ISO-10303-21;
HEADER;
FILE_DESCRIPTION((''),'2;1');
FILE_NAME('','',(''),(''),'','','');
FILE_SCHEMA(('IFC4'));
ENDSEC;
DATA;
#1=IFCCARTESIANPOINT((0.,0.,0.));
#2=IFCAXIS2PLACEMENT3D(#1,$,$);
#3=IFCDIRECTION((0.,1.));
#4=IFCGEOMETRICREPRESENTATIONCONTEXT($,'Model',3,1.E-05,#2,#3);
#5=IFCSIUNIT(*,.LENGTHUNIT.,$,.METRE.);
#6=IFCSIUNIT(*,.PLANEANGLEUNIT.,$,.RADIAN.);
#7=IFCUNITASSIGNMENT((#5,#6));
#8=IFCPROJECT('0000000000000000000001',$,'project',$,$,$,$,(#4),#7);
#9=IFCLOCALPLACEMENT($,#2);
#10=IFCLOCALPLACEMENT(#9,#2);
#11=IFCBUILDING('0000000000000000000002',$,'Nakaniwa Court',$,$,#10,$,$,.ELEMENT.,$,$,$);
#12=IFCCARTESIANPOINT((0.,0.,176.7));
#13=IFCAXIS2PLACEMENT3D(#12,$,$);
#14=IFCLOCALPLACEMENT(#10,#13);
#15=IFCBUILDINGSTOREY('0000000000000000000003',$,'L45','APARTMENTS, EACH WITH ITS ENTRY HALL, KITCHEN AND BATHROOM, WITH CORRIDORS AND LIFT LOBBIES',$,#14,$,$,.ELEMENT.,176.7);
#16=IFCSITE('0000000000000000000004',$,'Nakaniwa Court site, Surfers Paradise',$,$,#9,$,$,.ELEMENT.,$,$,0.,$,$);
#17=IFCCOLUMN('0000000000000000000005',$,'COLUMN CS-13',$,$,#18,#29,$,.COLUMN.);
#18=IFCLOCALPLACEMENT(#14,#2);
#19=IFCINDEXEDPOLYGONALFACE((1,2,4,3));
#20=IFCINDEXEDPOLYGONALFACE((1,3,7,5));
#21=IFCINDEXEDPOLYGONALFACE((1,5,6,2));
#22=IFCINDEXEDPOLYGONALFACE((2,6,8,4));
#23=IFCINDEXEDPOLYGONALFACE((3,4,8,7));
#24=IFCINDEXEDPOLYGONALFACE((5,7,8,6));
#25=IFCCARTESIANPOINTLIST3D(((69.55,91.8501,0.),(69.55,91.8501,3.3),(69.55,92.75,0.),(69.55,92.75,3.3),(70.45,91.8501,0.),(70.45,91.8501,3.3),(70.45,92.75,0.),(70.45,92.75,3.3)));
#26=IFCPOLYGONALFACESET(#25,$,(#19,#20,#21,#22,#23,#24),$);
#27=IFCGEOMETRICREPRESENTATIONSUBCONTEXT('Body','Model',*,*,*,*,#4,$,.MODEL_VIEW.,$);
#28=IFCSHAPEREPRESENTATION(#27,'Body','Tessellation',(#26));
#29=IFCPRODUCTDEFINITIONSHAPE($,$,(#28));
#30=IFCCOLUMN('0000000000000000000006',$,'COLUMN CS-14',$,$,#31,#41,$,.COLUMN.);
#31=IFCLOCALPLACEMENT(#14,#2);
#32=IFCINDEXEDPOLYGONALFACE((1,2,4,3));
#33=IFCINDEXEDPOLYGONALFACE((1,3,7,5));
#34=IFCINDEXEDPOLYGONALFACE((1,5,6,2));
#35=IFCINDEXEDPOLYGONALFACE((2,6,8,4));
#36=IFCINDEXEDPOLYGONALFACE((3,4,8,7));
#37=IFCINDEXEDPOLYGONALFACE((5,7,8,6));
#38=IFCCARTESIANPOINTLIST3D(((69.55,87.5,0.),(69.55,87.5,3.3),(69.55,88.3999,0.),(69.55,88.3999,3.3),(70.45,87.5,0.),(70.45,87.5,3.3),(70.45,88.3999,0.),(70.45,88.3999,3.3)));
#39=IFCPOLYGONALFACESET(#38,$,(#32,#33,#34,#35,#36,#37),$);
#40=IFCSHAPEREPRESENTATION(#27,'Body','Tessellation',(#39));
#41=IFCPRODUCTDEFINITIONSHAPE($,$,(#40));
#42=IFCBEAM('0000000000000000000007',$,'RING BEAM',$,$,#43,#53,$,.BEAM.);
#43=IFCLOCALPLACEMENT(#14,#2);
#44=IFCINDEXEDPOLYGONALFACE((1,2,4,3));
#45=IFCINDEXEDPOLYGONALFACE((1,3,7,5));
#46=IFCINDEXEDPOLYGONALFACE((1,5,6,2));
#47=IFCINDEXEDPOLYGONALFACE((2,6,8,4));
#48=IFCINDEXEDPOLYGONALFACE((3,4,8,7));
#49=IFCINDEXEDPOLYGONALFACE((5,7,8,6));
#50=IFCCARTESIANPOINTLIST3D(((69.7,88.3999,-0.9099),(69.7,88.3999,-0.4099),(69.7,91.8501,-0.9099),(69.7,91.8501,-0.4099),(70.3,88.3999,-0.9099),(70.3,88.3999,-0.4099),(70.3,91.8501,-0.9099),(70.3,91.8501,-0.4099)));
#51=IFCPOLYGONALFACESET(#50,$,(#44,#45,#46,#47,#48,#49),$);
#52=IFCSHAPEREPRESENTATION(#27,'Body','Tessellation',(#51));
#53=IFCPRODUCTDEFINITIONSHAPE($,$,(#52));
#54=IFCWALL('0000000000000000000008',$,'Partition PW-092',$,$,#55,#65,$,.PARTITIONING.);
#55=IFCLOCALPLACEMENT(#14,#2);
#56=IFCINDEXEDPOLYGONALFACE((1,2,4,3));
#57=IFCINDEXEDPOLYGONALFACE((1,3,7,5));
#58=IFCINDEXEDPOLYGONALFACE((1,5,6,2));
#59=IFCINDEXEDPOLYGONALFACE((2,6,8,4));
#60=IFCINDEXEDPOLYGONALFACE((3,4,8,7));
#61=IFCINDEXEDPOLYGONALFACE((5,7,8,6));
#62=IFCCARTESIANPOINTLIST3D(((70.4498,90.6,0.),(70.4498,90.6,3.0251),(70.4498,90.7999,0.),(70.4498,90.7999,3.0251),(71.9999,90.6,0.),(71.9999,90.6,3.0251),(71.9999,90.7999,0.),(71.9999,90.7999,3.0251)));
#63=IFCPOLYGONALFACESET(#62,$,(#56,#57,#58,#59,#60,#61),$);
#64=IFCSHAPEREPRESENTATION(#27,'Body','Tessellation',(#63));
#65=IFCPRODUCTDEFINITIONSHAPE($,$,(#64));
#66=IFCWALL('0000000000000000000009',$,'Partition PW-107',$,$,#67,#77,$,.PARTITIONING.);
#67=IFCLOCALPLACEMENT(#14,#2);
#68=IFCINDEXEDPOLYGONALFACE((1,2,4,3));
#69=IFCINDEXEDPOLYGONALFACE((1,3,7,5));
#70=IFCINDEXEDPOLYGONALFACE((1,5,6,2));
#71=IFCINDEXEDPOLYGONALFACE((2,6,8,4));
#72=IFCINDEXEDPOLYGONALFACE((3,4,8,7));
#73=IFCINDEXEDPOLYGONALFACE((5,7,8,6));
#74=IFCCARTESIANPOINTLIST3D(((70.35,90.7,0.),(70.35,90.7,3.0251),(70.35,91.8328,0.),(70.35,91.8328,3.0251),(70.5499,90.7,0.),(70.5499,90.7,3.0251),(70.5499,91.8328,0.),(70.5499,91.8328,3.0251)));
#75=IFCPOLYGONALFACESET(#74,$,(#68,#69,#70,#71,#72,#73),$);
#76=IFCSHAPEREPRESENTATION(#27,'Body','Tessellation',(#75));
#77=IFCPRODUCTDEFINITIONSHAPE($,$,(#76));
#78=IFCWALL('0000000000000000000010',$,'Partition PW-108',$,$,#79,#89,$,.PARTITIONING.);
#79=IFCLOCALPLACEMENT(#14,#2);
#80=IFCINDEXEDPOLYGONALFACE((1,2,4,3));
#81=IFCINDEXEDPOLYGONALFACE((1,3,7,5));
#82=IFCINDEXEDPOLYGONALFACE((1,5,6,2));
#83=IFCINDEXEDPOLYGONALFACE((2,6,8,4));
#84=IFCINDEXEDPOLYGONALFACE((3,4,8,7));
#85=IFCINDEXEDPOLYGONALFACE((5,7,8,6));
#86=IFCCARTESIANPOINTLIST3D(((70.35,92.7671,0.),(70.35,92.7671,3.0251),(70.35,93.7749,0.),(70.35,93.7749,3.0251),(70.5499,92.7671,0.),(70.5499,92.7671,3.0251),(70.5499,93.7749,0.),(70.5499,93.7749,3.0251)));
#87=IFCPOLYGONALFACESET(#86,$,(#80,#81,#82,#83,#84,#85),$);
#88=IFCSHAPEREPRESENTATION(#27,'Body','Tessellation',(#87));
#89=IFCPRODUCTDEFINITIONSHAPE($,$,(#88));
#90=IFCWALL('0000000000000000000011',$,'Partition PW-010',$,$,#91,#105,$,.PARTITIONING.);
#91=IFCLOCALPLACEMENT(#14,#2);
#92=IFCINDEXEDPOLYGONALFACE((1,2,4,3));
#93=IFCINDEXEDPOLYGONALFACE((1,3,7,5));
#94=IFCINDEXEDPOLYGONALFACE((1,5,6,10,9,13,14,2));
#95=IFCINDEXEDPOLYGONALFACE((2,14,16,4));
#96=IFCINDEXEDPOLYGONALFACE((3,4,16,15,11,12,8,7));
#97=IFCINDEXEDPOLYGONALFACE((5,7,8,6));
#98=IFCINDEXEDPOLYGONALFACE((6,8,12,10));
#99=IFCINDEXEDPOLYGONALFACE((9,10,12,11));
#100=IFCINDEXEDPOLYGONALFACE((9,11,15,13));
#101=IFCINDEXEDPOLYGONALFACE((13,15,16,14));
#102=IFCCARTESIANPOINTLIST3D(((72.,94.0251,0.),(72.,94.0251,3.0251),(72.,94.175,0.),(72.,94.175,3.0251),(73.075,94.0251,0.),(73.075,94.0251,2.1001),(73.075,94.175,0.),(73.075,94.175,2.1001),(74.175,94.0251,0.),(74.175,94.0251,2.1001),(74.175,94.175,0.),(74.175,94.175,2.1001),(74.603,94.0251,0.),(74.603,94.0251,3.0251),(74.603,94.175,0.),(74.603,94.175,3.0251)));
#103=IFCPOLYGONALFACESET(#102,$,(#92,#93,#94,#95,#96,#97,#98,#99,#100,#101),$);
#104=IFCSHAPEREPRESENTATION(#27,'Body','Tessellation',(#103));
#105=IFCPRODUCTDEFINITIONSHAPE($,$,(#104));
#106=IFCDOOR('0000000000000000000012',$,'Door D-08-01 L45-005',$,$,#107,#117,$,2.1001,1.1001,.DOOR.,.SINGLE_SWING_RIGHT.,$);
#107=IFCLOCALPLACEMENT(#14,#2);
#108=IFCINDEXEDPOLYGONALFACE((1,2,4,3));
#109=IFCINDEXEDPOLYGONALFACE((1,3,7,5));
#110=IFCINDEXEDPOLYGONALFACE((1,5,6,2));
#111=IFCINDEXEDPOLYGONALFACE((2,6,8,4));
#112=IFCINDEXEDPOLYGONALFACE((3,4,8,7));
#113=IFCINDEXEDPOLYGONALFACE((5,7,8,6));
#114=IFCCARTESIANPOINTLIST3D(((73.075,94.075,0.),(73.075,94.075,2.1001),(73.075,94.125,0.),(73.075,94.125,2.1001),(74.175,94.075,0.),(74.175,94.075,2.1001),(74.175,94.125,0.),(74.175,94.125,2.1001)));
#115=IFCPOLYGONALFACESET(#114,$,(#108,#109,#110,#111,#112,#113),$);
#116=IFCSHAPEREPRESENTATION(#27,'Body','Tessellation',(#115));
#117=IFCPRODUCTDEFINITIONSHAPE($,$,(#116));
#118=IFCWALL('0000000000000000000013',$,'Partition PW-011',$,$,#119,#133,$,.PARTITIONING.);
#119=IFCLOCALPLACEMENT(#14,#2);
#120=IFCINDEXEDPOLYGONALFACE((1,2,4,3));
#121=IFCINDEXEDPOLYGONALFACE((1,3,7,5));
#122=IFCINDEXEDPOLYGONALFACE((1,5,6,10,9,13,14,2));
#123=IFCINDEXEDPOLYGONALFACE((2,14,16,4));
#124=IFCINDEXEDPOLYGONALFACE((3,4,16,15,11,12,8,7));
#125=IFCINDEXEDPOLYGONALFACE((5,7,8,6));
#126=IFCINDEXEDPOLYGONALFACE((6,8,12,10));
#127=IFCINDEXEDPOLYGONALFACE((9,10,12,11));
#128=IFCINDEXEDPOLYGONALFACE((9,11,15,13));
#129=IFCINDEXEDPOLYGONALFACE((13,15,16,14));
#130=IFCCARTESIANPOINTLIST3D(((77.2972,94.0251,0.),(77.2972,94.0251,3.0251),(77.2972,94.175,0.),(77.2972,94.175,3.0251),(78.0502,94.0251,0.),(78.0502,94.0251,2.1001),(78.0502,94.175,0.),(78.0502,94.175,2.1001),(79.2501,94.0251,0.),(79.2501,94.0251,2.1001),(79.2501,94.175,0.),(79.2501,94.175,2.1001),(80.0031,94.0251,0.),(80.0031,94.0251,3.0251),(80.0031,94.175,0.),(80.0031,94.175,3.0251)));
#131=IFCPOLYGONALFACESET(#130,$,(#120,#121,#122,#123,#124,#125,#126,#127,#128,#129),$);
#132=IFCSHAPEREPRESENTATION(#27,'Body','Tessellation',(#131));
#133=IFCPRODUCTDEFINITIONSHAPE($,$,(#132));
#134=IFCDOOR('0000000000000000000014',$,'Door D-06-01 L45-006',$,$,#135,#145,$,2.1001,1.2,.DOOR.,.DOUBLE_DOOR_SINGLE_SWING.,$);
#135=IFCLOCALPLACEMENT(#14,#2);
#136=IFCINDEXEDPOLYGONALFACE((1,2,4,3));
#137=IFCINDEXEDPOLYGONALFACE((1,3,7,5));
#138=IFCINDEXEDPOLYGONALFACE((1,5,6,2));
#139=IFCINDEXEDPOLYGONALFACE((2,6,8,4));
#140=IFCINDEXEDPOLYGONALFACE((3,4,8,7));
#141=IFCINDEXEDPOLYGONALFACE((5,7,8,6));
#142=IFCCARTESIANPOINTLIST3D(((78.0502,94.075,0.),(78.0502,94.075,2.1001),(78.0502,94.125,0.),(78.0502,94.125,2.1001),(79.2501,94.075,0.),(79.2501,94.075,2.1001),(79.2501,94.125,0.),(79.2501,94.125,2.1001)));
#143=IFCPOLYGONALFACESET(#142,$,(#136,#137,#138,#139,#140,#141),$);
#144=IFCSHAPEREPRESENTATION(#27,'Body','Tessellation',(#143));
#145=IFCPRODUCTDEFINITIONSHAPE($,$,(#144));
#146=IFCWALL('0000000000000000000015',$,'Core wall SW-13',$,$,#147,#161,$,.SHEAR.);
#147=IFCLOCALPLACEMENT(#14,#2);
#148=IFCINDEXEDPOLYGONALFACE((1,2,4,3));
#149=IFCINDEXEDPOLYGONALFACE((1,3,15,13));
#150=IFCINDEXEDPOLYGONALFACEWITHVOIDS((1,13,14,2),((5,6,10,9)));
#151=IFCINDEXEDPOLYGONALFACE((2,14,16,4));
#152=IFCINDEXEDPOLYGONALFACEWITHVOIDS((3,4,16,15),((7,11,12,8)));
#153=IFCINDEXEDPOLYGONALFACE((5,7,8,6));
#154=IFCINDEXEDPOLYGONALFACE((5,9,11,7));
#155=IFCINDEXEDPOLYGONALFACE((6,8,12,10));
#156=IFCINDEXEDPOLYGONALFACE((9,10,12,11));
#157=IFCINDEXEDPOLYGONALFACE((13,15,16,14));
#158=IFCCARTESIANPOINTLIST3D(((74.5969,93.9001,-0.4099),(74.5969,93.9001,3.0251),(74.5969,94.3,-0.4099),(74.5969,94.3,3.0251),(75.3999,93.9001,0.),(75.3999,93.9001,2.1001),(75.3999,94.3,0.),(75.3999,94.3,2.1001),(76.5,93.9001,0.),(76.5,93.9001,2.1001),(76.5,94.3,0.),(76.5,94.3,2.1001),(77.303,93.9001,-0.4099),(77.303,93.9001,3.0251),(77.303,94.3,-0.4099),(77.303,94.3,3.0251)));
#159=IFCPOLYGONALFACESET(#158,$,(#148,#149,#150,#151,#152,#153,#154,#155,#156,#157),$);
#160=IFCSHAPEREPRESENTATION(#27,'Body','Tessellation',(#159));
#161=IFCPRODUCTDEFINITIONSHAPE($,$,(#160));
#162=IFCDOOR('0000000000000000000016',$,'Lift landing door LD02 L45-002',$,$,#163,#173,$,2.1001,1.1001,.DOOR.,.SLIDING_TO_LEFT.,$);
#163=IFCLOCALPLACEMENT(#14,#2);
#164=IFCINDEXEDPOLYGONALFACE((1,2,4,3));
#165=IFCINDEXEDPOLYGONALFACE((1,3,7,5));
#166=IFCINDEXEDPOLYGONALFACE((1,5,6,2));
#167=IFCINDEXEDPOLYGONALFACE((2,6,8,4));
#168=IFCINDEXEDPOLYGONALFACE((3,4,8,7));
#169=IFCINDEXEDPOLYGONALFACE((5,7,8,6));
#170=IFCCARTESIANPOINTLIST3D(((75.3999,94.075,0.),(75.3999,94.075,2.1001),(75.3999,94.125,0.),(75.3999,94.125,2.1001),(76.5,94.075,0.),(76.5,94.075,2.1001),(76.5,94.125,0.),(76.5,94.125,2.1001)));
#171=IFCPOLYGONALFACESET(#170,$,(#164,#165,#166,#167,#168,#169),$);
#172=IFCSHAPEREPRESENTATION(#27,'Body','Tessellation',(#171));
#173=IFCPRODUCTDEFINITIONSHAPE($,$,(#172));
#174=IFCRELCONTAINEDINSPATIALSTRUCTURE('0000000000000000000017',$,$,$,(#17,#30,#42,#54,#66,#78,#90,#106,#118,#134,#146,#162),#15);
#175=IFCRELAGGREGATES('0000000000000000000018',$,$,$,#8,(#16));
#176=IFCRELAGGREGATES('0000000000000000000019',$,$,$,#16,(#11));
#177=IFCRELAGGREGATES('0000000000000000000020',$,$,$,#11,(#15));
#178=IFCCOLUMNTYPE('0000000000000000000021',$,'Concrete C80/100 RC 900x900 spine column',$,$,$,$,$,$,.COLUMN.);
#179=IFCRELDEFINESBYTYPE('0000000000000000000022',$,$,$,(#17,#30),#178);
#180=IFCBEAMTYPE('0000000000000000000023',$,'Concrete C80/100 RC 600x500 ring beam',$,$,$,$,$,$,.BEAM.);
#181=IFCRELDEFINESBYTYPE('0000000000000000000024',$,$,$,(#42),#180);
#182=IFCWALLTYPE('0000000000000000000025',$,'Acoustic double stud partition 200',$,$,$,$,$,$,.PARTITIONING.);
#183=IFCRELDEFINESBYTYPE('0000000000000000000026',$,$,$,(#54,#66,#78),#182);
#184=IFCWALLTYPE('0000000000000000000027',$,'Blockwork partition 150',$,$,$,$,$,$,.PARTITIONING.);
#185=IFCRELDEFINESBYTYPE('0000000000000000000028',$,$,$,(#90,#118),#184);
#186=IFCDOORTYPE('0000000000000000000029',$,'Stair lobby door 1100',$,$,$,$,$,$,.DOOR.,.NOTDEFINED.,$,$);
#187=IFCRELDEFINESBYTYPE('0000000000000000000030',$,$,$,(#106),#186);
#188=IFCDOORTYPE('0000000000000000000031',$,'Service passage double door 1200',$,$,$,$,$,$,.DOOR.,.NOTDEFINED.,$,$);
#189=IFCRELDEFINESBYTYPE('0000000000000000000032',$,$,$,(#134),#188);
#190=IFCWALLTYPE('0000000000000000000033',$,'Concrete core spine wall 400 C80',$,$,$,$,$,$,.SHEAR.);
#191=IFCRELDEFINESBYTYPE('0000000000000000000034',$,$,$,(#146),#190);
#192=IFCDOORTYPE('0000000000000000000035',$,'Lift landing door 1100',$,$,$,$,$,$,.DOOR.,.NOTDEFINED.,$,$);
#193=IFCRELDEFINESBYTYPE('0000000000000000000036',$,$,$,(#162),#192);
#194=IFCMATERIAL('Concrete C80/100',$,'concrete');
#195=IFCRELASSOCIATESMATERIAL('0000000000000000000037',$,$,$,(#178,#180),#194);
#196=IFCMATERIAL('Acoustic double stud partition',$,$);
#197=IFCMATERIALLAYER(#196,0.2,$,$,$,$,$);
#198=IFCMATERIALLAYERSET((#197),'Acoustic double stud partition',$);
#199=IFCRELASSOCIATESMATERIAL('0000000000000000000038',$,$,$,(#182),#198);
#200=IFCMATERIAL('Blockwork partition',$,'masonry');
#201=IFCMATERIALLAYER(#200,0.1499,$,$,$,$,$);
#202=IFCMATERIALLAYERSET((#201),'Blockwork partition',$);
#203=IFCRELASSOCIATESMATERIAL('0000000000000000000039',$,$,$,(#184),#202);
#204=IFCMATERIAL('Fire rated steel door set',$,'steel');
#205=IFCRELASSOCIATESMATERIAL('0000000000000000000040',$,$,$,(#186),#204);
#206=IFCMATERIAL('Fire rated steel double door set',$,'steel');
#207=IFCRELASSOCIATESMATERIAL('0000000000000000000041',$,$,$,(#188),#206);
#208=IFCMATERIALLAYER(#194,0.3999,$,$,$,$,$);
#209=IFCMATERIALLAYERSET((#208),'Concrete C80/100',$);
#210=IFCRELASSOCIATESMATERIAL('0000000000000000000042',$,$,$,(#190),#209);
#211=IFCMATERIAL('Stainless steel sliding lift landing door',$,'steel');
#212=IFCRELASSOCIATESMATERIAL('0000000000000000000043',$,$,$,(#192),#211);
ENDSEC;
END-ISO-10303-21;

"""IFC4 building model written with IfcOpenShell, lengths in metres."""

from ifc_helpers import new_model, si_unit, direction, frame, frame_2d, origin, origin_2d, place, context, subcontext, project, spatial, rectangle, extrude, material, layer, layer_set, material_profile, profile_set, type_object, element, fill, save


model = new_model("IFC4")

# Units and contexts
model_context = context("Model", 3, precision=1e-05, world=origin(), true_north=direction((0.0, 1.0)))
body_context = subcontext(model_context, "Body", "Model", "MODEL_VIEW")
ifc_project = project(units=[si_unit("LENGTHUNIT", "METRE"), si_unit("PLANEANGLEUNIT", "RADIAN")], contexts=[model_context])

# Site, building, storey
site_placement = place(None, origin())
site = spatial("IfcSite", under=ifc_project, at=site_placement, Name="Nakaniwa Court site, Surfers Paradise", CompositionType="ELEMENT", RefElevation=0.0)
building_placement = place(site_placement, origin())
building = spatial("IfcBuilding", under=site, at=building_placement, Name="Nakaniwa Court", CompositionType="ELEMENT")
storey_placement = place(building_placement, frame((0.0, 0.0, 176.7)))
storey = spatial("IfcBuildingStorey", under=building, at=storey_placement, Name="L45", Description="APARTMENTS, EACH WITH ITS ENTRY HALL, KITCHEN AND BATHROOM, WITH CORRIDORS AND LIFT LOBBIES", CompositionType="ELEMENT", Elevation=176.7)

# Columns
ifc_material_1 = material(Name="Concrete C80/100", Category="concrete")
ifc_material_profile_1 = material_profile(ifc_material_1, rectangle(XDim=0.8999, YDim=0.8999, at=origin_2d()), Name="Concrete C80/100 RC 900x900 spine column")
ifc_profile_set_1 = profile_set([ifc_material_profile_1], Name="Concrete C80/100")
column_type = type_object("IfcColumnType", Name="Concrete C80/100 RC 900x900 spine column", PredefinedType="COLUMN", material=ifc_profile_set_1)
for number, where, z_axis, x_axis, name in (
    (1, (70.0, 92.3, 0.0), (0.0, 0.0, 1.0), (0.0, -1.0, 0.0), "COLUMN CS-13"),
    (2, (70.0, 87.95, 0.0), (0.0, 0.0, 1.0), (0.0, -1.0, 0.0), "COLUMN CS-14"),
):
    element("IfcColumn", number, at=place(storey_placement, frame(where, z_axis=z_axis, x_axis=x_axis)), inside=storey, type_object=column_type, Name=name, PredefinedType="COLUMN", context=body_context, shape_type="SweptSolid", body=[
        extrude(rectangle(XDim=0.8999, YDim=0.8999, at=origin_2d()), origin(), (0.0, 0.0, 1.0), 3.3),
    ])

# Beam
ifc_material_profile_2 = material_profile(ifc_material_1, rectangle(XDim=0.6001, YDim=0.5, at=origin_2d()), Name="Concrete C80/100 RC 600x500 ring beam")
ifc_profile_set_2 = profile_set([ifc_material_profile_2], Name="Concrete C80/100")
beam_type = type_object("IfcBeamType", Name="Concrete C80/100 RC 600x500 ring beam", PredefinedType="BEAM", material=ifc_profile_set_2)
beam_placement = place(storey_placement, frame((70.0, 91.8501, -0.6599), z_axis=(0.0, -1.0, 0.0), x_axis=(1.0, 0.0, 0.0)))
element("IfcBeam", 3, at=beam_placement, inside=storey, type_object=beam_type, Name="RING BEAM", PredefinedType="BEAM", context=body_context, shape_type="SweptSolid", body=[
    extrude(rectangle(XDim=0.6001, YDim=0.5, at=origin_2d()), origin(), (0.0, 0.0, 1.0), 3.4502),
])

# Walls
ifc_material_2 = material(Name="Acoustic double stud partition")
ifc_layer_1 = layer(ifc_material_2, 0.2)
ifc_layer_set_1 = layer_set([ifc_layer_1], Name="Acoustic double stud partition")
wall_type_1 = type_object("IfcWallType", Name="Acoustic double stud partition 200", PredefinedType="PARTITIONING", material=ifc_layer_set_1)
wall_1_placement = place(storey_placement, frame((70.45, 90.7, 0.0), z_axis=(0.0, 0.0, 1.0), x_axis=(1.0, 0.0, 0.0)))
element("IfcWall", 4, at=wall_1_placement, inside=storey, type_object=wall_type_1, Name="Partition PW-092", PredefinedType="PARTITIONING", context=body_context, shape_type="SweptSolid", body=[
    extrude(rectangle(XDim=1.55, YDim=0.2, at=frame_2d((0.7749, 0.0))), origin(), (0.0, 0.0, 1.0), 3.0251),
])
wall_2_placement = place(storey_placement, frame((70.45, 90.7, 0.0), z_axis=(0.0, 0.0, 1.0), x_axis=(0.0, 1.0, 0.0)))
element("IfcWall", 5, at=wall_2_placement, inside=storey, type_object=wall_type_1, Name="Partition PW-107", PredefinedType="PARTITIONING", context=body_context, shape_type="SweptSolid", body=[
    extrude(rectangle(XDim=1.1328, YDim=0.2, at=frame_2d((0.5664, 0.0))), origin(), (0.0, 0.0, 1.0), 3.0251),
])
wall_3_placement = place(storey_placement, frame((70.45, 92.7671, 0.0), z_axis=(0.0, 0.0, 1.0), x_axis=(0.0, 1.0, 0.0)))
element("IfcWall", 6, at=wall_3_placement, inside=storey, type_object=wall_type_1, Name="Partition PW-108", PredefinedType="PARTITIONING", context=body_context, shape_type="SweptSolid", body=[
    extrude(rectangle(XDim=1.0078, YDim=0.2, at=frame_2d((0.5039, 0.0))), origin(), (0.0, 0.0, 1.0), 3.0251),
])

# Walls, openings, doors
ifc_material_3 = material(Name="Blockwork partition", Category="masonry")
ifc_layer_2 = layer(ifc_material_3, 0.1499)
ifc_layer_set_2 = layer_set([ifc_layer_2], Name="Blockwork partition")
wall_type_2 = type_object("IfcWallType", Name="Blockwork partition 150", PredefinedType="PARTITIONING", material=ifc_layer_set_2)
wall_4_placement = place(storey_placement, frame((72.0, 94.1001, 0.0), z_axis=(0.0, 0.0, 1.0), x_axis=(1.0, 0.0, 0.0)))
wall_4 = element("IfcWall", 7, at=wall_4_placement, inside=storey, type_object=wall_type_2, Name="Partition PW-010", PredefinedType="PARTITIONING", context=body_context, shape_type="SweptSolid", body=[
    extrude(rectangle(XDim=2.603, YDim=0.1499, at=frame_2d((1.3015, 0.0))), origin(), (0.0, 0.0, 1.0), 3.0251),
])
opening_1_placement = place(wall_4_placement, frame((1.075, 0.0, 0.0)))
opening_1 = element("IfcOpeningElement", 8, at=opening_1_placement, cuts=wall_4, PredefinedType="OPENING", context=body_context, shape_type="SweptSolid", body=[
    extrude(rectangle(XDim=1.1001, YDim=2.1001, at=frame_2d((0.55, 1.05))), frame((0.0, 0.085, 0.0), z_axis=(0.0, -1.0, 0.0), x_axis=(1.0, 0.0, 0.0)), (0.0, 0.0, 1.0), 0.1699),
])
ifc_material_4 = material(Name="Fire rated steel door set", Category="steel")
door_type_1 = type_object("IfcDoorType", Name="Stair lobby door 1100", OperationType="NOTDEFINED", PredefinedType="DOOR", material=ifc_material_4)
door_1_placement = place(opening_1_placement, origin())
door_1 = element("IfcDoor", 9, at=door_1_placement, inside=storey, type_object=door_type_1, Name="Door D-08-01 L45-005", OperationType="SINGLE_SWING_RIGHT", OverallHeight=2.1001, OverallWidth=1.1001, PredefinedType="DOOR", context=body_context, shape_type="SweptSolid", body=[
    extrude(rectangle(XDim=1.1001, YDim=2.1001, at=frame_2d((0.55, 1.05))), frame((0.0, 0.0249, 0.0), z_axis=(0.0, -1.0, 0.0), x_axis=(1.0, 0.0, 0.0)), (0.0, 0.0, 1.0), 0.05),
])
fill(opening_1, door_1)
wall_5_placement = place(storey_placement, frame((77.2971, 94.1001, 0.0), z_axis=(0.0, 0.0, 1.0), x_axis=(1.0, 0.0, 0.0)))
wall_5 = element("IfcWall", 10, at=wall_5_placement, inside=storey, type_object=wall_type_2, Name="Partition PW-011", PredefinedType="PARTITIONING", context=body_context, shape_type="SweptSolid", body=[
    extrude(rectangle(XDim=2.7058, YDim=0.1499, at=frame_2d((1.353, 0.0))), origin(), (0.0, 0.0, 1.0), 3.0251),
])
opening_2_placement = place(wall_5_placement, frame((0.7529, 0.0, 0.0)))
opening_2 = element("IfcOpeningElement", 11, at=opening_2_placement, cuts=wall_5, PredefinedType="OPENING", context=body_context, shape_type="SweptSolid", body=[
    extrude(rectangle(XDim=1.2, YDim=2.1001, at=frame_2d((0.6001, 1.05))), frame((0.0, 0.085, 0.0), z_axis=(0.0, -1.0, 0.0), x_axis=(1.0, 0.0, 0.0)), (0.0, 0.0, 1.0), 0.1699),
])
ifc_material_5 = material(Name="Fire rated steel double door set", Category="steel")
door_type_2 = type_object("IfcDoorType", Name="Service passage double door 1200", OperationType="NOTDEFINED", PredefinedType="DOOR", material=ifc_material_5)
door_2_placement = place(opening_2_placement, origin())
door_2 = element("IfcDoor", 12, at=door_2_placement, inside=storey, type_object=door_type_2, Name="Door D-06-01 L45-006", OperationType="DOUBLE_DOOR_SINGLE_SWING", OverallHeight=2.1001, OverallWidth=1.2, PredefinedType="DOOR", context=body_context, shape_type="SweptSolid", body=[
    extrude(rectangle(XDim=1.2, YDim=2.1001, at=frame_2d((0.6001, 1.05))), frame((0.0, 0.0249, 0.0), z_axis=(0.0, -1.0, 0.0), x_axis=(1.0, 0.0, 0.0)), (0.0, 0.0, 1.0), 0.05),
])
fill(opening_2, door_2)
ifc_layer_3 = layer(ifc_material_1, 0.3999)
ifc_layer_set_3 = layer_set([ifc_layer_3], Name="Concrete C80/100")
wall_type_3 = type_object("IfcWallType", Name="Concrete core spine wall 400 C80", PredefinedType="SHEAR", material=ifc_layer_set_3)
wall_6_placement = place(storey_placement, frame((74.5969, 94.1001, -0.4099), z_axis=(0.0, 0.0, 1.0), x_axis=(1.0, 0.0, 0.0)))
wall_6 = element("IfcWall", 13, at=wall_6_placement, inside=storey, type_object=wall_type_3, Name="Core wall SW-13", PredefinedType="SHEAR", context=body_context, shape_type="SweptSolid", body=[
    extrude(rectangle(XDim=2.7061, YDim=0.3999, at=frame_2d((1.353, 0.0))), origin(), (0.0, 0.0, 1.0), 3.4351),
])
opening_3_placement = place(wall_6_placement, frame((0.803, 0.0, 0.4099)))
opening_3 = element("IfcOpeningElement", 14, at=opening_3_placement, cuts=wall_6, PredefinedType="OPENING", context=body_context, shape_type="SweptSolid", body=[
    extrude(rectangle(XDim=1.1001, YDim=2.1001, at=frame_2d((0.55, 1.05))), frame((0.0, 0.21, 0.0), z_axis=(0.0, -1.0, 0.0), x_axis=(1.0, 0.0, 0.0)), (0.0, 0.0, 1.0), 0.4199),
])
ifc_material_6 = material(Name="Stainless steel sliding lift landing door", Category="steel")
door_type_3 = type_object("IfcDoorType", Name="Lift landing door 1100", OperationType="NOTDEFINED", PredefinedType="DOOR", material=ifc_material_6)
door_3_placement = place(opening_3_placement, origin())
door_3 = element("IfcDoor", 15, at=door_3_placement, inside=storey, type_object=door_type_3, Name="Lift landing door LD02 L45-002", OperationType="SLIDING_TO_LEFT", OverallHeight=2.1001, OverallWidth=1.1001, PredefinedType="DOOR", context=body_context, shape_type="SweptSolid", body=[
    extrude(rectangle(XDim=1.1001, YDim=2.1001, at=frame_2d((0.55, 1.05))), frame((0.0, 0.0249, 0.0), z_axis=(0.0, -1.0, 0.0), x_axis=(1.0, 0.0, 0.0)), (0.0, 0.0, 1.0), 0.05),
])
fill(opening_3, door_3)

save(model, "model.ifc")
